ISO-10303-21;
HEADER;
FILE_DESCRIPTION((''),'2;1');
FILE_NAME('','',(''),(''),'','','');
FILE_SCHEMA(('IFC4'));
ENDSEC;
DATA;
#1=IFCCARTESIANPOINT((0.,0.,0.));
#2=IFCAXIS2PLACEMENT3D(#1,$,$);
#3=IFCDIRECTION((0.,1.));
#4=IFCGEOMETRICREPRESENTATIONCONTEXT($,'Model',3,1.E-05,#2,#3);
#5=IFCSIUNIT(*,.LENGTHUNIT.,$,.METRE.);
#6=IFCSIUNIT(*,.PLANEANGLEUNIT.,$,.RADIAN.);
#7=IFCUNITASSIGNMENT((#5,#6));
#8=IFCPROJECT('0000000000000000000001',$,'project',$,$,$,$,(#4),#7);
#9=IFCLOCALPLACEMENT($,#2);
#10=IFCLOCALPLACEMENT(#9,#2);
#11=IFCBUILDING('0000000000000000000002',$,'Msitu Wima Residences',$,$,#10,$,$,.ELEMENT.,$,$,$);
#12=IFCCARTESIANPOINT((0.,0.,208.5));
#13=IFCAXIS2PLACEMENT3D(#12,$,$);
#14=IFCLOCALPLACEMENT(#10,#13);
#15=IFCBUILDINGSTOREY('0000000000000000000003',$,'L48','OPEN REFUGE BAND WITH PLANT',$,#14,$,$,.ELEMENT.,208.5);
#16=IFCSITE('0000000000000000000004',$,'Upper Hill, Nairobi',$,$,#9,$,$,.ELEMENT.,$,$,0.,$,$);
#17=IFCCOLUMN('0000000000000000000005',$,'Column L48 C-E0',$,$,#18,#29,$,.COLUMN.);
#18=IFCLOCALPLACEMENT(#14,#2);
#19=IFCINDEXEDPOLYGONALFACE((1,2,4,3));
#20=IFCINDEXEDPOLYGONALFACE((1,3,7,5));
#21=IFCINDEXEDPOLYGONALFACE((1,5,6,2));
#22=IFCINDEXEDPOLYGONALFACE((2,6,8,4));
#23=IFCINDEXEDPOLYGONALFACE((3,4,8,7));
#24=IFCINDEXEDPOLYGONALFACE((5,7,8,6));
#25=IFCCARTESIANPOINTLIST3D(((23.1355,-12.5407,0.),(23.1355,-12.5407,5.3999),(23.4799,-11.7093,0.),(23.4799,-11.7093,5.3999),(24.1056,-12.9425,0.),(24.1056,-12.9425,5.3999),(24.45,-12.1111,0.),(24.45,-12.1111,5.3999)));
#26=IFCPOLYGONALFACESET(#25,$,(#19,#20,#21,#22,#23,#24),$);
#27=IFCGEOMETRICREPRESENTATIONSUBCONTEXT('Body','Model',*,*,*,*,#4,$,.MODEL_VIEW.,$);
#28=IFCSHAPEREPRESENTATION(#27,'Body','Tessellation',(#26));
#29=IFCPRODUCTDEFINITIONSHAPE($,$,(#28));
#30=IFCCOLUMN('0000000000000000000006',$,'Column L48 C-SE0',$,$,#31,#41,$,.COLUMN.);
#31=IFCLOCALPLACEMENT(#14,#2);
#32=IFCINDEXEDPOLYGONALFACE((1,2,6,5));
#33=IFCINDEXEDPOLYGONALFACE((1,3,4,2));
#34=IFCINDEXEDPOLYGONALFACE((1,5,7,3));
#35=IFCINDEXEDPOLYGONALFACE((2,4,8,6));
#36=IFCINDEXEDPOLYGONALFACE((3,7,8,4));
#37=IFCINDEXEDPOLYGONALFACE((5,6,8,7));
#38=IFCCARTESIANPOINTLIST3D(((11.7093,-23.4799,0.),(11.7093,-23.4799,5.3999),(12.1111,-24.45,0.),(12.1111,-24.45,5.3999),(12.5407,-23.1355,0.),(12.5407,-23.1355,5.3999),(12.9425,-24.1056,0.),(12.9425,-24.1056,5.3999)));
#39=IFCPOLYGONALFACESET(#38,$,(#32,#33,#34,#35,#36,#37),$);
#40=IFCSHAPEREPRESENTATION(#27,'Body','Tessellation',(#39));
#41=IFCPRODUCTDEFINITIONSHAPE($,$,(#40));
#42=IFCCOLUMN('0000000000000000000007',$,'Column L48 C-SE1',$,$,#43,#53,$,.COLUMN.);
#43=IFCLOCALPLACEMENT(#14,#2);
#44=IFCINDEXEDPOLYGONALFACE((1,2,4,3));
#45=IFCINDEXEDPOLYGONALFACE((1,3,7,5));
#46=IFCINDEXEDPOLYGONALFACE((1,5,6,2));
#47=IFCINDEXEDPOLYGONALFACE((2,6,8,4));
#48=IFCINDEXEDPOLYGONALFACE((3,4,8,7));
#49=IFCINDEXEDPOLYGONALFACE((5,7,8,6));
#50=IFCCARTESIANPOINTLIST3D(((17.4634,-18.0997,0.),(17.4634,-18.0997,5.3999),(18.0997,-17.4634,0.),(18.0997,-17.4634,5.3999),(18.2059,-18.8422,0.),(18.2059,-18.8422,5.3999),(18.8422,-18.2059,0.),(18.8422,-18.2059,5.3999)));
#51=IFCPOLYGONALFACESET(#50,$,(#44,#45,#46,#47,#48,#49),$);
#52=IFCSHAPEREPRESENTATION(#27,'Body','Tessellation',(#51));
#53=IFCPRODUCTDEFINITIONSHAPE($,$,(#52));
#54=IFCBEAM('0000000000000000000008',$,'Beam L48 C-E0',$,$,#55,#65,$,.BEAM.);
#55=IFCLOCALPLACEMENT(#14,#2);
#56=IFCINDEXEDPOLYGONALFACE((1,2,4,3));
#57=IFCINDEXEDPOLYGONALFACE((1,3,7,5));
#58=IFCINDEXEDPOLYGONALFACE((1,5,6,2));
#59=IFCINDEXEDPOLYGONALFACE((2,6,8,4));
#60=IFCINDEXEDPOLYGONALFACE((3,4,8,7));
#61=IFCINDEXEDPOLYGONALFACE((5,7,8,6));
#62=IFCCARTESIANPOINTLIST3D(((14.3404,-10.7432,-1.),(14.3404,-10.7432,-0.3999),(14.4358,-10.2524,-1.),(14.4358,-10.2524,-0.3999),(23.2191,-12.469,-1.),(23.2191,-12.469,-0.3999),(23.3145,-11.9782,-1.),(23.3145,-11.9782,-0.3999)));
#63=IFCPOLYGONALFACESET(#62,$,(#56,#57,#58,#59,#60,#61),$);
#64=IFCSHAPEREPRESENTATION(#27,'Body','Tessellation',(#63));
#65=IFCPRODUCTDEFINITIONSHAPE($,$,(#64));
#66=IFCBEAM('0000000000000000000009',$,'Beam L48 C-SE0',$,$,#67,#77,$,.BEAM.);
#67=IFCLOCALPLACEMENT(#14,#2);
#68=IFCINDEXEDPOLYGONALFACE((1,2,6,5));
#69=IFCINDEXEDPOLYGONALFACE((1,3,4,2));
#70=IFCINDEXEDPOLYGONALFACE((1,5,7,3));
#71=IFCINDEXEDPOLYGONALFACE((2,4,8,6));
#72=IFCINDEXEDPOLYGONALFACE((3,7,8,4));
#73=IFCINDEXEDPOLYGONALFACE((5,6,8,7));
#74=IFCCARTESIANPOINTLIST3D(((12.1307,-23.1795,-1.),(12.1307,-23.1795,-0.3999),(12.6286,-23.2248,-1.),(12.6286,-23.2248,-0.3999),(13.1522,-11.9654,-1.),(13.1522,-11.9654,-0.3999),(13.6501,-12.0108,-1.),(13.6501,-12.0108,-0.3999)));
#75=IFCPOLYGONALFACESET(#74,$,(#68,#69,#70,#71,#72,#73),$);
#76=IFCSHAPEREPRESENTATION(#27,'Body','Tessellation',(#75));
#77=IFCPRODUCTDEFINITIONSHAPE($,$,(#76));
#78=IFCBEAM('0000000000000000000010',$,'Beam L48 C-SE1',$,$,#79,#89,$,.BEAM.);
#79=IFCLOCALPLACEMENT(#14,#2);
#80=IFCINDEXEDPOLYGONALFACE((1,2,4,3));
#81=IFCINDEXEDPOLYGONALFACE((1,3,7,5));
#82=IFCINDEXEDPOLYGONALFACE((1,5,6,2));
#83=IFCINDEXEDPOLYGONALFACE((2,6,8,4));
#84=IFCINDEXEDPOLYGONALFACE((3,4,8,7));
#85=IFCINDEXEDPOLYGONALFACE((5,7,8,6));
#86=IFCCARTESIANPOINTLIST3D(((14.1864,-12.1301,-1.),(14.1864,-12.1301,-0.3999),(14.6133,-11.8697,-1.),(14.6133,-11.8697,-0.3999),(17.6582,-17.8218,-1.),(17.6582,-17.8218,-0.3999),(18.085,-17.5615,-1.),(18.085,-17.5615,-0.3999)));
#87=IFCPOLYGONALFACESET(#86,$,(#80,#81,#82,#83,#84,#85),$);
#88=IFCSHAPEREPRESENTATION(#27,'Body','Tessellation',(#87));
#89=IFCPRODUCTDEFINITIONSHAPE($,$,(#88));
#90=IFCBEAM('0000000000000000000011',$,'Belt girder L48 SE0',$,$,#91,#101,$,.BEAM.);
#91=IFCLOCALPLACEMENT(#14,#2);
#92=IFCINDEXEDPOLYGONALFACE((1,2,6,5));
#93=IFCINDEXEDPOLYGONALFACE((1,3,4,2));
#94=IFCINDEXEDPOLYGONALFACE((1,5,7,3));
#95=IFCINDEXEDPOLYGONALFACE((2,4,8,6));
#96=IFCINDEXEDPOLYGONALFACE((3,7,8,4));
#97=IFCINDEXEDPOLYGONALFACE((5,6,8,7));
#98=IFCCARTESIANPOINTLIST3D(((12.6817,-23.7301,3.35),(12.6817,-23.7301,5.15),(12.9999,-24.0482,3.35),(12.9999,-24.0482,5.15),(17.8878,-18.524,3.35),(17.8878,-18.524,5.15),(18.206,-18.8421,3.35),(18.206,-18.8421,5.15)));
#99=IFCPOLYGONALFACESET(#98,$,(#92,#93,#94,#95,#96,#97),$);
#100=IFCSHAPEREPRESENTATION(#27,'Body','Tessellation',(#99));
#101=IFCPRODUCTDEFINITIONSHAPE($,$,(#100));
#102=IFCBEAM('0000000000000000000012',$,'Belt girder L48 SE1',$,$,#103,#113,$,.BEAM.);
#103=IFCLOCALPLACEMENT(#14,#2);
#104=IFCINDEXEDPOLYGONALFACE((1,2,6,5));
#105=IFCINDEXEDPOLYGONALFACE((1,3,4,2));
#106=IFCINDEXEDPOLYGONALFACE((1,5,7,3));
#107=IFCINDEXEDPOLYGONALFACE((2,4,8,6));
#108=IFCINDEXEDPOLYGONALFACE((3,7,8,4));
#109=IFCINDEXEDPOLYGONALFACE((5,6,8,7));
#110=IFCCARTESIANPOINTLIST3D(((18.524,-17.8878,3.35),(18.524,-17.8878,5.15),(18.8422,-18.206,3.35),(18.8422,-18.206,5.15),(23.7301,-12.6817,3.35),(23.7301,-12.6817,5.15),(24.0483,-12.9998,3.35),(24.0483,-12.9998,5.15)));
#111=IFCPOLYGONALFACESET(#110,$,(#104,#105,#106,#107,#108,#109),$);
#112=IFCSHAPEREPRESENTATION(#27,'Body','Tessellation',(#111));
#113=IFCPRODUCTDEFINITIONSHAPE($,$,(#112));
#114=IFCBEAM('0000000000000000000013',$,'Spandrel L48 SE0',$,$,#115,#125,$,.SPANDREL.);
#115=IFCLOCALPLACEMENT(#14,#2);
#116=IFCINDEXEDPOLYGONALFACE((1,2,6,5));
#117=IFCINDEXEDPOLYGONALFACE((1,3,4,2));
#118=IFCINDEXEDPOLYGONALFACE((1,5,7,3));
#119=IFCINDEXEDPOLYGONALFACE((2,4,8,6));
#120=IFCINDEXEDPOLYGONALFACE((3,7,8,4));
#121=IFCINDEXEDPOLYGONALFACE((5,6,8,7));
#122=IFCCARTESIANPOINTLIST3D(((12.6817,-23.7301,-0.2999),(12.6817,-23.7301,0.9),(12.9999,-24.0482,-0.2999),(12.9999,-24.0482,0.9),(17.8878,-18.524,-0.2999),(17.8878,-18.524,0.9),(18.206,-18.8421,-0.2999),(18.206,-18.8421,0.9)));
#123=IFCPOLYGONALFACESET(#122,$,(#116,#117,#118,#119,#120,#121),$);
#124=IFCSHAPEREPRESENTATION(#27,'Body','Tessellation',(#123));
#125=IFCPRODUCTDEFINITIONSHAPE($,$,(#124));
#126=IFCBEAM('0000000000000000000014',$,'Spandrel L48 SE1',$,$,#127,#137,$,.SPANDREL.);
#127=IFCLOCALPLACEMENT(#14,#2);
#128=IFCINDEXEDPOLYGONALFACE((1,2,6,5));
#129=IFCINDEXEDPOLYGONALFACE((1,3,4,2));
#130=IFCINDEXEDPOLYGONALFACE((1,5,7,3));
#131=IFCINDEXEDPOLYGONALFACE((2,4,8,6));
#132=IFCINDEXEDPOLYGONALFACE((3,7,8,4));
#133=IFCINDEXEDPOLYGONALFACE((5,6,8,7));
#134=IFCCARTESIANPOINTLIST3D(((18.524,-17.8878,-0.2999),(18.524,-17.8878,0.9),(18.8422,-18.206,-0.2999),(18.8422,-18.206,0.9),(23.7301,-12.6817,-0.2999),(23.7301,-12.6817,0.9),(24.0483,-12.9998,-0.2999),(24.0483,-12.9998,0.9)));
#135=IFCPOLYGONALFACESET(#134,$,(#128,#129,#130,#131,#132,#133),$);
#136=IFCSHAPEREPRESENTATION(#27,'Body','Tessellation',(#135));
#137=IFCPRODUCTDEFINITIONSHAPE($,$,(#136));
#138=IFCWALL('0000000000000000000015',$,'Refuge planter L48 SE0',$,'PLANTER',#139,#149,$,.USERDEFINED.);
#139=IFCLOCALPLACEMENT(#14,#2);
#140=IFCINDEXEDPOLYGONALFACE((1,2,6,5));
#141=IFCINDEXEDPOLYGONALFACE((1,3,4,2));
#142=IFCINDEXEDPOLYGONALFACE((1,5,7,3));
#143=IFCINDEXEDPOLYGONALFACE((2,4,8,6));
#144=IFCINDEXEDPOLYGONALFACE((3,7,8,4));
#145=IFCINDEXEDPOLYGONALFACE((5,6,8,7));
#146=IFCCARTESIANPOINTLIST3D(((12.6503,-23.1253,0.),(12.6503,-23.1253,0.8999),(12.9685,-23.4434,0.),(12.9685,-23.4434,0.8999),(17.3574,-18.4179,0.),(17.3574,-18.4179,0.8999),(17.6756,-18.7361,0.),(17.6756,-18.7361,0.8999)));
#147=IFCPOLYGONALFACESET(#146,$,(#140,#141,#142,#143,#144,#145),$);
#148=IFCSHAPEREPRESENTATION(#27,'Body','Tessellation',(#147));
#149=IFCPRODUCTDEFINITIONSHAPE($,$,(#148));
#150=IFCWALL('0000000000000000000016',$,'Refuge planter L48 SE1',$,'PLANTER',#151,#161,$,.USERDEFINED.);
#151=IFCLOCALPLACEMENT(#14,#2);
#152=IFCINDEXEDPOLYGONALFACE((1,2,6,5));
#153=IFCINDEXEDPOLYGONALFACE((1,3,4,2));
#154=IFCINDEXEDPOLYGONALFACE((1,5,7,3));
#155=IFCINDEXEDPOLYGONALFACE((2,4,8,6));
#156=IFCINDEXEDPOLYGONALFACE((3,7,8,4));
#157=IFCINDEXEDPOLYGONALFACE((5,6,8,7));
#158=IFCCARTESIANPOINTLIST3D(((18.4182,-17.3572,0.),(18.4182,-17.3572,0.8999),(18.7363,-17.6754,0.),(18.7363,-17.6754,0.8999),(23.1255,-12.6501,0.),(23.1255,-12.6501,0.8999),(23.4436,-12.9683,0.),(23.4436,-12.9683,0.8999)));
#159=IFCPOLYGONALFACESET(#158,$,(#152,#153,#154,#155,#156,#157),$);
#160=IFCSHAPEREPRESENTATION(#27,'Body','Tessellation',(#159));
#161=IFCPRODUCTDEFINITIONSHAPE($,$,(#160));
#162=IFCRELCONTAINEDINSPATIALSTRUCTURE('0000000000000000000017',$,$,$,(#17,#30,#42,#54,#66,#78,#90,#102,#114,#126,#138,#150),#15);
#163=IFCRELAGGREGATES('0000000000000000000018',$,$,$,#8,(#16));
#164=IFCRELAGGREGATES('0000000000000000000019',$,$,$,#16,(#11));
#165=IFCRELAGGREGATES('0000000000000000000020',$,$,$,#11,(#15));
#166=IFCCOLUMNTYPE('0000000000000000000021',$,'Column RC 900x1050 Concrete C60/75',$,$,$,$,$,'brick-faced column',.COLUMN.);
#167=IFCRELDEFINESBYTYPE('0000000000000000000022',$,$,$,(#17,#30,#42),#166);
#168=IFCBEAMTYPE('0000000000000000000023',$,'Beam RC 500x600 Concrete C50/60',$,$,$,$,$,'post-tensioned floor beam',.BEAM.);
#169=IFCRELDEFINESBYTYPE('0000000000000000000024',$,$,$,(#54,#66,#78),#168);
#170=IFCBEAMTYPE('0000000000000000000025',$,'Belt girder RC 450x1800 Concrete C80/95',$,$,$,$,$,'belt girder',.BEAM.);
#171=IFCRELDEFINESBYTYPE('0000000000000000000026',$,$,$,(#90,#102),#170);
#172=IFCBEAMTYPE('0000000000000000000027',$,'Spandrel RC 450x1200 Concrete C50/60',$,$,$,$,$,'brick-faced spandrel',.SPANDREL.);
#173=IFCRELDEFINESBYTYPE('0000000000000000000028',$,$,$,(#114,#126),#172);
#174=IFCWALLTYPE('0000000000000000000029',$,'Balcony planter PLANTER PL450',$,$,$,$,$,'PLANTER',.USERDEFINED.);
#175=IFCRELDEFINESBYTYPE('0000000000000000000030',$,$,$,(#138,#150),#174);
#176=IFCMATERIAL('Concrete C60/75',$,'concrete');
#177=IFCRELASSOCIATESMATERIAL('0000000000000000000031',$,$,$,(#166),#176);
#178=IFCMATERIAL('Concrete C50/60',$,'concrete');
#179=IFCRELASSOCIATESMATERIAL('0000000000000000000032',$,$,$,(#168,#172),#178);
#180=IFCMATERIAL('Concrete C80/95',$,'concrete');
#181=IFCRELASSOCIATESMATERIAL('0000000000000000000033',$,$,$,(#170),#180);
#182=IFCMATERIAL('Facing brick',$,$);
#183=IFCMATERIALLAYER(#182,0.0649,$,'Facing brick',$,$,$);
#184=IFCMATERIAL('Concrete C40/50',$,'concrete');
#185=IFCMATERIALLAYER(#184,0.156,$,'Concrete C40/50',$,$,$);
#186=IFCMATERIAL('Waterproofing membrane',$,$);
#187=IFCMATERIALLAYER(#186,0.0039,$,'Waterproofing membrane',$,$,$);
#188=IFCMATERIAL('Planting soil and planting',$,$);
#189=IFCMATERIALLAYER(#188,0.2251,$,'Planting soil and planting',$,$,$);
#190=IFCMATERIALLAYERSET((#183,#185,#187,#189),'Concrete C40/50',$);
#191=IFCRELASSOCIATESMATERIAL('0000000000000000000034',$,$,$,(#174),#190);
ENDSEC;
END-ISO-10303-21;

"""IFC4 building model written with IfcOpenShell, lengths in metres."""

from ifc_helpers import new_model, si_unit, direction, frame, frame_2d, origin, origin_2d, place, context, subcontext, project, spatial, rectangle, extrude, material, layer, layer_set, material_profile, profile_set, type_object, element, save


model = new_model("IFC4")

# Units and contexts
model_context = context("Model", 3, precision=1e-05, world=origin(), true_north=direction((0.0, 1.0)))
body_context = subcontext(model_context, "Body", "Model", "MODEL_VIEW")
ifc_project = project(units=[si_unit("LENGTHUNIT", "METRE"), si_unit("PLANEANGLEUNIT", "RADIAN")], contexts=[model_context])

# Site, building, storey
site_placement = place(None, origin())
site = spatial("IfcSite", under=ifc_project, at=site_placement, Name="Upper Hill, Nairobi", CompositionType="ELEMENT", RefElevation=0.0)
building_placement = place(site_placement, origin())
building = spatial("IfcBuilding", under=site, at=building_placement, Name="Msitu Wima Residences", CompositionType="ELEMENT")
storey_placement = place(building_placement, frame((0.0, 0.0, 208.5)))
storey = spatial("IfcBuildingStorey", under=building, at=storey_placement, Name="L48", Description="OPEN REFUGE BAND WITH PLANT", CompositionType="ELEMENT", Elevation=208.5)

# Columns
ifc_material_1 = material(Name="Concrete C60/75", Category="concrete")
ifc_material_profile_1 = material_profile(ifc_material_1, rectangle(XDim=0.8999, YDim=1.05, at=origin_2d()), Name="RC 900x1050")
ifc_profile_set_1 = profile_set([ifc_material_profile_1], Name="Concrete C60/75")
column_type = type_object("IfcColumnType", Name="Column RC 900x1050 Concrete C60/75", ElementType="brick-faced column", PredefinedType="COLUMN", material=ifc_profile_set_1)
for number, where, z_axis, x_axis, name in (
    (1, (23.7927, -12.3259, 0.0), (0.0, 0.0, 1.0), (0.382683, 0.92388, 0.0), "Column L48 C-E0"),
    (2, (12.3259, -23.7927, 0.0), (0.0, 0.0, 1.0), (0.92388, 0.382683, 0.0), "Column L48 C-SE0"),
    (3, (18.1528, -18.1528, 0.0), (0.0, 0.0, 1.0), (0.707107, 0.707107, 0.0), "Column L48 C-SE1"),
):
    element("IfcColumn", number, at=place(storey_placement, frame(where, z_axis=z_axis, x_axis=x_axis)), inside=storey, type_object=column_type, Name=name, PredefinedType="COLUMN", context=body_context, shape_type="SweptSolid", body=[
        extrude(rectangle(XDim=0.8999, YDim=1.05, at=origin_2d()), origin(), (0.0, 0.0, 1.0), 5.3999),
    ])

# Beams
ifc_material_2 = material(Name="Concrete C50/60", Category="concrete")
ifc_material_profile_2 = material_profile(ifc_material_2, rectangle(XDim=0.5, YDim=0.6001, at=origin_2d()), Name="RC 500x600")
ifc_profile_set_2 = profile_set([ifc_material_profile_2], Name="Concrete C50/60")
beam_type_1 = type_object("IfcBeamType", Name="Beam RC 500x600 Concrete C50/60", ElementType="post-tensioned floor beam", PredefinedType="BEAM", material=ifc_profile_set_2)
beam_1_placement = place(storey_placement, frame((23.2668, -12.2236, -0.7), z_axis=(-0.981627, 0.190808, 0.0), x_axis=(-0.190808, -0.981627, 0.0)))
element("IfcBeam", 4, at=beam_1_placement, inside=storey, type_object=beam_type_1, Name="Beam L48 C-E0", PredefinedType="BEAM", context=body_context, shape_type="SweptSolid", body=[
    extrude(rectangle(XDim=0.5, YDim=0.6001, at=origin_2d()), origin(), (0.0, 0.0, 1.0), 9.0449),
])
beam_2_placement = place(storey_placement, frame((12.3796, -23.2021, -0.7), z_axis=(0.090714, 0.995877, 0.0), x_axis=(-0.995877, 0.090714, 0.0)))
element("IfcBeam", 5, at=beam_2_placement, inside=storey, type_object=beam_type_1, Name="Beam L48 C-SE0", PredefinedType="BEAM", context=body_context, shape_type="SweptSolid", body=[
    extrude(rectangle(XDim=0.5, YDim=0.6001, at=origin_2d()), origin(), (0.0, 0.0, 1.0), 11.2605),
])
beam_3_placement = place(storey_placement, frame((17.8716, -17.6917, -0.7), z_axis=(-0.520734, 0.853719, 0.0), x_axis=(-0.853719, -0.520734, 0.0)))
element("IfcBeam", 6, at=beam_3_placement, inside=storey, type_object=beam_type_1, Name="Beam L48 C-SE1", PredefinedType="BEAM", context=body_context, shape_type="SweptSolid", body=[
    extrude(rectangle(XDim=0.5, YDim=0.6001, at=origin_2d()), origin(), (0.0, 0.0, 1.0), 6.667),
])
ifc_material_3 = material(Name="Concrete C80/95", Category="concrete")
ifc_material_profile_3 = material_profile(ifc_material_3, rectangle(XDim=0.45, YDim=1.8, at=origin_2d()), Name="RC 450x1800")
ifc_profile_set_3 = profile_set([ifc_material_profile_3], Name="Concrete C80/95")
beam_type_2 = type_object("IfcBeamType", Name="Belt girder RC 450x1800 Concrete C80/95", ElementType="belt girder", PredefinedType="BEAM", material=ifc_profile_set_3)
for number, where, z_axis, x_axis, name in (
    (7, (12.8408, -23.8892, 4.25), (0.707107, 0.707107, 0.0), (-0.707107, 0.707107, 0.0), "Belt girder L48 SE0"),
    (8, (18.6831, -18.0469, 4.25), (0.707107, 0.707107, 0.0), (-0.707107, 0.707107, 0.0), "Belt girder L48 SE1"),
):
    element("IfcBeam", number, at=place(storey_placement, frame(where, z_axis=z_axis, x_axis=x_axis)), inside=storey, type_object=beam_type_2, Name=name, PredefinedType="BEAM", context=body_context, shape_type="SweptSolid", body=[
        extrude(rectangle(XDim=0.45, YDim=1.8, at=origin_2d()), origin(), (0.0, 0.0, 1.0), 7.3625),
    ])
ifc_material_profile_4 = material_profile(ifc_material_2, rectangle(XDim=0.45, YDim=1.2, at=origin_2d()), Name="RC 450x1200")
ifc_profile_set_4 = profile_set([ifc_material_profile_4], Name="Concrete C50/60")
beam_type_3 = type_object("IfcBeamType", Name="Spandrel RC 450x1200 Concrete C50/60", ElementType="brick-faced spandrel", PredefinedType="SPANDREL", material=ifc_profile_set_4)
for number, where, z_axis, x_axis, name in (
    (9, (12.8408, -23.8892, 0.3), (0.707107, 0.707107, 0.0), (-0.707107, 0.707107, 0.0), "Spandrel L48 SE0"),
    (10, (18.6831, -18.0469, 0.3), (0.707107, 0.707107, 0.0), (-0.707107, 0.707107, 0.0), "Spandrel L48 SE1"),
):
    element("IfcBeam", number, at=place(storey_placement, frame(where, z_axis=z_axis, x_axis=x_axis)), inside=storey, type_object=beam_type_3, Name=name, PredefinedType="SPANDREL", context=body_context, shape_type="SweptSolid", body=[
        extrude(rectangle(XDim=0.45, YDim=1.2, at=origin_2d()), origin(), (0.0, 0.0, 1.0), 7.3625),
    ])

# Walls
ifc_material_4 = material(Name="Facing brick")
ifc_layer_1 = layer(ifc_material_4, 0.0649, Name="Facing brick")
ifc_material_5 = material(Name="Concrete C40/50", Category="concrete")
ifc_layer_2 = layer(ifc_material_5, 0.156, Name="Concrete C40/50")
ifc_material_6 = material(Name="Waterproofing membrane")
ifc_layer_3 = layer(ifc_material_6, 0.0039, Name="Waterproofing membrane")
ifc_material_7 = material(Name="Planting soil and planting")
ifc_layer_4 = layer(ifc_material_7, 0.2251, Name="Planting soil and planting")
ifc_layer_set_1 = layer_set([ifc_layer_1, ifc_layer_2, ifc_layer_3, ifc_layer_4], Name="Concrete C40/50")
wall_type_1 = type_object("IfcWallType", Name="Balcony planter PLANTER PL450", ElementType="PLANTER", PredefinedType="USERDEFINED", material=ifc_layer_set_1)
for number, where, z_axis, x_axis, name in (
    (11, (12.8093, -23.2844, 0.0), (0.0, 0.0, 1.0), (0.707088, 0.707125, 0.0), "Refuge planter L48 SE0"),
    (12, (18.5771, -17.5164, 0.0), (0.0, 0.0, 1.0), (0.707125, 0.707088, 0.0), "Refuge planter L48 SE1"),
):
    element("IfcWall", number, at=place(storey_placement, frame(where, z_axis=z_axis, x_axis=x_axis)), inside=storey, type_object=wall_type_1, Name=name, ObjectType="PLANTER", PredefinedType="USERDEFINED", context=body_context, shape_type="SweptSolid", body=[
        extrude(rectangle(XDim=6.657, YDim=0.45, at=frame_2d((3.3286, 0.0))), origin(), (0.0, 0.0, 1.0), 0.8999),
    ])

save(model, "model.ifc")
